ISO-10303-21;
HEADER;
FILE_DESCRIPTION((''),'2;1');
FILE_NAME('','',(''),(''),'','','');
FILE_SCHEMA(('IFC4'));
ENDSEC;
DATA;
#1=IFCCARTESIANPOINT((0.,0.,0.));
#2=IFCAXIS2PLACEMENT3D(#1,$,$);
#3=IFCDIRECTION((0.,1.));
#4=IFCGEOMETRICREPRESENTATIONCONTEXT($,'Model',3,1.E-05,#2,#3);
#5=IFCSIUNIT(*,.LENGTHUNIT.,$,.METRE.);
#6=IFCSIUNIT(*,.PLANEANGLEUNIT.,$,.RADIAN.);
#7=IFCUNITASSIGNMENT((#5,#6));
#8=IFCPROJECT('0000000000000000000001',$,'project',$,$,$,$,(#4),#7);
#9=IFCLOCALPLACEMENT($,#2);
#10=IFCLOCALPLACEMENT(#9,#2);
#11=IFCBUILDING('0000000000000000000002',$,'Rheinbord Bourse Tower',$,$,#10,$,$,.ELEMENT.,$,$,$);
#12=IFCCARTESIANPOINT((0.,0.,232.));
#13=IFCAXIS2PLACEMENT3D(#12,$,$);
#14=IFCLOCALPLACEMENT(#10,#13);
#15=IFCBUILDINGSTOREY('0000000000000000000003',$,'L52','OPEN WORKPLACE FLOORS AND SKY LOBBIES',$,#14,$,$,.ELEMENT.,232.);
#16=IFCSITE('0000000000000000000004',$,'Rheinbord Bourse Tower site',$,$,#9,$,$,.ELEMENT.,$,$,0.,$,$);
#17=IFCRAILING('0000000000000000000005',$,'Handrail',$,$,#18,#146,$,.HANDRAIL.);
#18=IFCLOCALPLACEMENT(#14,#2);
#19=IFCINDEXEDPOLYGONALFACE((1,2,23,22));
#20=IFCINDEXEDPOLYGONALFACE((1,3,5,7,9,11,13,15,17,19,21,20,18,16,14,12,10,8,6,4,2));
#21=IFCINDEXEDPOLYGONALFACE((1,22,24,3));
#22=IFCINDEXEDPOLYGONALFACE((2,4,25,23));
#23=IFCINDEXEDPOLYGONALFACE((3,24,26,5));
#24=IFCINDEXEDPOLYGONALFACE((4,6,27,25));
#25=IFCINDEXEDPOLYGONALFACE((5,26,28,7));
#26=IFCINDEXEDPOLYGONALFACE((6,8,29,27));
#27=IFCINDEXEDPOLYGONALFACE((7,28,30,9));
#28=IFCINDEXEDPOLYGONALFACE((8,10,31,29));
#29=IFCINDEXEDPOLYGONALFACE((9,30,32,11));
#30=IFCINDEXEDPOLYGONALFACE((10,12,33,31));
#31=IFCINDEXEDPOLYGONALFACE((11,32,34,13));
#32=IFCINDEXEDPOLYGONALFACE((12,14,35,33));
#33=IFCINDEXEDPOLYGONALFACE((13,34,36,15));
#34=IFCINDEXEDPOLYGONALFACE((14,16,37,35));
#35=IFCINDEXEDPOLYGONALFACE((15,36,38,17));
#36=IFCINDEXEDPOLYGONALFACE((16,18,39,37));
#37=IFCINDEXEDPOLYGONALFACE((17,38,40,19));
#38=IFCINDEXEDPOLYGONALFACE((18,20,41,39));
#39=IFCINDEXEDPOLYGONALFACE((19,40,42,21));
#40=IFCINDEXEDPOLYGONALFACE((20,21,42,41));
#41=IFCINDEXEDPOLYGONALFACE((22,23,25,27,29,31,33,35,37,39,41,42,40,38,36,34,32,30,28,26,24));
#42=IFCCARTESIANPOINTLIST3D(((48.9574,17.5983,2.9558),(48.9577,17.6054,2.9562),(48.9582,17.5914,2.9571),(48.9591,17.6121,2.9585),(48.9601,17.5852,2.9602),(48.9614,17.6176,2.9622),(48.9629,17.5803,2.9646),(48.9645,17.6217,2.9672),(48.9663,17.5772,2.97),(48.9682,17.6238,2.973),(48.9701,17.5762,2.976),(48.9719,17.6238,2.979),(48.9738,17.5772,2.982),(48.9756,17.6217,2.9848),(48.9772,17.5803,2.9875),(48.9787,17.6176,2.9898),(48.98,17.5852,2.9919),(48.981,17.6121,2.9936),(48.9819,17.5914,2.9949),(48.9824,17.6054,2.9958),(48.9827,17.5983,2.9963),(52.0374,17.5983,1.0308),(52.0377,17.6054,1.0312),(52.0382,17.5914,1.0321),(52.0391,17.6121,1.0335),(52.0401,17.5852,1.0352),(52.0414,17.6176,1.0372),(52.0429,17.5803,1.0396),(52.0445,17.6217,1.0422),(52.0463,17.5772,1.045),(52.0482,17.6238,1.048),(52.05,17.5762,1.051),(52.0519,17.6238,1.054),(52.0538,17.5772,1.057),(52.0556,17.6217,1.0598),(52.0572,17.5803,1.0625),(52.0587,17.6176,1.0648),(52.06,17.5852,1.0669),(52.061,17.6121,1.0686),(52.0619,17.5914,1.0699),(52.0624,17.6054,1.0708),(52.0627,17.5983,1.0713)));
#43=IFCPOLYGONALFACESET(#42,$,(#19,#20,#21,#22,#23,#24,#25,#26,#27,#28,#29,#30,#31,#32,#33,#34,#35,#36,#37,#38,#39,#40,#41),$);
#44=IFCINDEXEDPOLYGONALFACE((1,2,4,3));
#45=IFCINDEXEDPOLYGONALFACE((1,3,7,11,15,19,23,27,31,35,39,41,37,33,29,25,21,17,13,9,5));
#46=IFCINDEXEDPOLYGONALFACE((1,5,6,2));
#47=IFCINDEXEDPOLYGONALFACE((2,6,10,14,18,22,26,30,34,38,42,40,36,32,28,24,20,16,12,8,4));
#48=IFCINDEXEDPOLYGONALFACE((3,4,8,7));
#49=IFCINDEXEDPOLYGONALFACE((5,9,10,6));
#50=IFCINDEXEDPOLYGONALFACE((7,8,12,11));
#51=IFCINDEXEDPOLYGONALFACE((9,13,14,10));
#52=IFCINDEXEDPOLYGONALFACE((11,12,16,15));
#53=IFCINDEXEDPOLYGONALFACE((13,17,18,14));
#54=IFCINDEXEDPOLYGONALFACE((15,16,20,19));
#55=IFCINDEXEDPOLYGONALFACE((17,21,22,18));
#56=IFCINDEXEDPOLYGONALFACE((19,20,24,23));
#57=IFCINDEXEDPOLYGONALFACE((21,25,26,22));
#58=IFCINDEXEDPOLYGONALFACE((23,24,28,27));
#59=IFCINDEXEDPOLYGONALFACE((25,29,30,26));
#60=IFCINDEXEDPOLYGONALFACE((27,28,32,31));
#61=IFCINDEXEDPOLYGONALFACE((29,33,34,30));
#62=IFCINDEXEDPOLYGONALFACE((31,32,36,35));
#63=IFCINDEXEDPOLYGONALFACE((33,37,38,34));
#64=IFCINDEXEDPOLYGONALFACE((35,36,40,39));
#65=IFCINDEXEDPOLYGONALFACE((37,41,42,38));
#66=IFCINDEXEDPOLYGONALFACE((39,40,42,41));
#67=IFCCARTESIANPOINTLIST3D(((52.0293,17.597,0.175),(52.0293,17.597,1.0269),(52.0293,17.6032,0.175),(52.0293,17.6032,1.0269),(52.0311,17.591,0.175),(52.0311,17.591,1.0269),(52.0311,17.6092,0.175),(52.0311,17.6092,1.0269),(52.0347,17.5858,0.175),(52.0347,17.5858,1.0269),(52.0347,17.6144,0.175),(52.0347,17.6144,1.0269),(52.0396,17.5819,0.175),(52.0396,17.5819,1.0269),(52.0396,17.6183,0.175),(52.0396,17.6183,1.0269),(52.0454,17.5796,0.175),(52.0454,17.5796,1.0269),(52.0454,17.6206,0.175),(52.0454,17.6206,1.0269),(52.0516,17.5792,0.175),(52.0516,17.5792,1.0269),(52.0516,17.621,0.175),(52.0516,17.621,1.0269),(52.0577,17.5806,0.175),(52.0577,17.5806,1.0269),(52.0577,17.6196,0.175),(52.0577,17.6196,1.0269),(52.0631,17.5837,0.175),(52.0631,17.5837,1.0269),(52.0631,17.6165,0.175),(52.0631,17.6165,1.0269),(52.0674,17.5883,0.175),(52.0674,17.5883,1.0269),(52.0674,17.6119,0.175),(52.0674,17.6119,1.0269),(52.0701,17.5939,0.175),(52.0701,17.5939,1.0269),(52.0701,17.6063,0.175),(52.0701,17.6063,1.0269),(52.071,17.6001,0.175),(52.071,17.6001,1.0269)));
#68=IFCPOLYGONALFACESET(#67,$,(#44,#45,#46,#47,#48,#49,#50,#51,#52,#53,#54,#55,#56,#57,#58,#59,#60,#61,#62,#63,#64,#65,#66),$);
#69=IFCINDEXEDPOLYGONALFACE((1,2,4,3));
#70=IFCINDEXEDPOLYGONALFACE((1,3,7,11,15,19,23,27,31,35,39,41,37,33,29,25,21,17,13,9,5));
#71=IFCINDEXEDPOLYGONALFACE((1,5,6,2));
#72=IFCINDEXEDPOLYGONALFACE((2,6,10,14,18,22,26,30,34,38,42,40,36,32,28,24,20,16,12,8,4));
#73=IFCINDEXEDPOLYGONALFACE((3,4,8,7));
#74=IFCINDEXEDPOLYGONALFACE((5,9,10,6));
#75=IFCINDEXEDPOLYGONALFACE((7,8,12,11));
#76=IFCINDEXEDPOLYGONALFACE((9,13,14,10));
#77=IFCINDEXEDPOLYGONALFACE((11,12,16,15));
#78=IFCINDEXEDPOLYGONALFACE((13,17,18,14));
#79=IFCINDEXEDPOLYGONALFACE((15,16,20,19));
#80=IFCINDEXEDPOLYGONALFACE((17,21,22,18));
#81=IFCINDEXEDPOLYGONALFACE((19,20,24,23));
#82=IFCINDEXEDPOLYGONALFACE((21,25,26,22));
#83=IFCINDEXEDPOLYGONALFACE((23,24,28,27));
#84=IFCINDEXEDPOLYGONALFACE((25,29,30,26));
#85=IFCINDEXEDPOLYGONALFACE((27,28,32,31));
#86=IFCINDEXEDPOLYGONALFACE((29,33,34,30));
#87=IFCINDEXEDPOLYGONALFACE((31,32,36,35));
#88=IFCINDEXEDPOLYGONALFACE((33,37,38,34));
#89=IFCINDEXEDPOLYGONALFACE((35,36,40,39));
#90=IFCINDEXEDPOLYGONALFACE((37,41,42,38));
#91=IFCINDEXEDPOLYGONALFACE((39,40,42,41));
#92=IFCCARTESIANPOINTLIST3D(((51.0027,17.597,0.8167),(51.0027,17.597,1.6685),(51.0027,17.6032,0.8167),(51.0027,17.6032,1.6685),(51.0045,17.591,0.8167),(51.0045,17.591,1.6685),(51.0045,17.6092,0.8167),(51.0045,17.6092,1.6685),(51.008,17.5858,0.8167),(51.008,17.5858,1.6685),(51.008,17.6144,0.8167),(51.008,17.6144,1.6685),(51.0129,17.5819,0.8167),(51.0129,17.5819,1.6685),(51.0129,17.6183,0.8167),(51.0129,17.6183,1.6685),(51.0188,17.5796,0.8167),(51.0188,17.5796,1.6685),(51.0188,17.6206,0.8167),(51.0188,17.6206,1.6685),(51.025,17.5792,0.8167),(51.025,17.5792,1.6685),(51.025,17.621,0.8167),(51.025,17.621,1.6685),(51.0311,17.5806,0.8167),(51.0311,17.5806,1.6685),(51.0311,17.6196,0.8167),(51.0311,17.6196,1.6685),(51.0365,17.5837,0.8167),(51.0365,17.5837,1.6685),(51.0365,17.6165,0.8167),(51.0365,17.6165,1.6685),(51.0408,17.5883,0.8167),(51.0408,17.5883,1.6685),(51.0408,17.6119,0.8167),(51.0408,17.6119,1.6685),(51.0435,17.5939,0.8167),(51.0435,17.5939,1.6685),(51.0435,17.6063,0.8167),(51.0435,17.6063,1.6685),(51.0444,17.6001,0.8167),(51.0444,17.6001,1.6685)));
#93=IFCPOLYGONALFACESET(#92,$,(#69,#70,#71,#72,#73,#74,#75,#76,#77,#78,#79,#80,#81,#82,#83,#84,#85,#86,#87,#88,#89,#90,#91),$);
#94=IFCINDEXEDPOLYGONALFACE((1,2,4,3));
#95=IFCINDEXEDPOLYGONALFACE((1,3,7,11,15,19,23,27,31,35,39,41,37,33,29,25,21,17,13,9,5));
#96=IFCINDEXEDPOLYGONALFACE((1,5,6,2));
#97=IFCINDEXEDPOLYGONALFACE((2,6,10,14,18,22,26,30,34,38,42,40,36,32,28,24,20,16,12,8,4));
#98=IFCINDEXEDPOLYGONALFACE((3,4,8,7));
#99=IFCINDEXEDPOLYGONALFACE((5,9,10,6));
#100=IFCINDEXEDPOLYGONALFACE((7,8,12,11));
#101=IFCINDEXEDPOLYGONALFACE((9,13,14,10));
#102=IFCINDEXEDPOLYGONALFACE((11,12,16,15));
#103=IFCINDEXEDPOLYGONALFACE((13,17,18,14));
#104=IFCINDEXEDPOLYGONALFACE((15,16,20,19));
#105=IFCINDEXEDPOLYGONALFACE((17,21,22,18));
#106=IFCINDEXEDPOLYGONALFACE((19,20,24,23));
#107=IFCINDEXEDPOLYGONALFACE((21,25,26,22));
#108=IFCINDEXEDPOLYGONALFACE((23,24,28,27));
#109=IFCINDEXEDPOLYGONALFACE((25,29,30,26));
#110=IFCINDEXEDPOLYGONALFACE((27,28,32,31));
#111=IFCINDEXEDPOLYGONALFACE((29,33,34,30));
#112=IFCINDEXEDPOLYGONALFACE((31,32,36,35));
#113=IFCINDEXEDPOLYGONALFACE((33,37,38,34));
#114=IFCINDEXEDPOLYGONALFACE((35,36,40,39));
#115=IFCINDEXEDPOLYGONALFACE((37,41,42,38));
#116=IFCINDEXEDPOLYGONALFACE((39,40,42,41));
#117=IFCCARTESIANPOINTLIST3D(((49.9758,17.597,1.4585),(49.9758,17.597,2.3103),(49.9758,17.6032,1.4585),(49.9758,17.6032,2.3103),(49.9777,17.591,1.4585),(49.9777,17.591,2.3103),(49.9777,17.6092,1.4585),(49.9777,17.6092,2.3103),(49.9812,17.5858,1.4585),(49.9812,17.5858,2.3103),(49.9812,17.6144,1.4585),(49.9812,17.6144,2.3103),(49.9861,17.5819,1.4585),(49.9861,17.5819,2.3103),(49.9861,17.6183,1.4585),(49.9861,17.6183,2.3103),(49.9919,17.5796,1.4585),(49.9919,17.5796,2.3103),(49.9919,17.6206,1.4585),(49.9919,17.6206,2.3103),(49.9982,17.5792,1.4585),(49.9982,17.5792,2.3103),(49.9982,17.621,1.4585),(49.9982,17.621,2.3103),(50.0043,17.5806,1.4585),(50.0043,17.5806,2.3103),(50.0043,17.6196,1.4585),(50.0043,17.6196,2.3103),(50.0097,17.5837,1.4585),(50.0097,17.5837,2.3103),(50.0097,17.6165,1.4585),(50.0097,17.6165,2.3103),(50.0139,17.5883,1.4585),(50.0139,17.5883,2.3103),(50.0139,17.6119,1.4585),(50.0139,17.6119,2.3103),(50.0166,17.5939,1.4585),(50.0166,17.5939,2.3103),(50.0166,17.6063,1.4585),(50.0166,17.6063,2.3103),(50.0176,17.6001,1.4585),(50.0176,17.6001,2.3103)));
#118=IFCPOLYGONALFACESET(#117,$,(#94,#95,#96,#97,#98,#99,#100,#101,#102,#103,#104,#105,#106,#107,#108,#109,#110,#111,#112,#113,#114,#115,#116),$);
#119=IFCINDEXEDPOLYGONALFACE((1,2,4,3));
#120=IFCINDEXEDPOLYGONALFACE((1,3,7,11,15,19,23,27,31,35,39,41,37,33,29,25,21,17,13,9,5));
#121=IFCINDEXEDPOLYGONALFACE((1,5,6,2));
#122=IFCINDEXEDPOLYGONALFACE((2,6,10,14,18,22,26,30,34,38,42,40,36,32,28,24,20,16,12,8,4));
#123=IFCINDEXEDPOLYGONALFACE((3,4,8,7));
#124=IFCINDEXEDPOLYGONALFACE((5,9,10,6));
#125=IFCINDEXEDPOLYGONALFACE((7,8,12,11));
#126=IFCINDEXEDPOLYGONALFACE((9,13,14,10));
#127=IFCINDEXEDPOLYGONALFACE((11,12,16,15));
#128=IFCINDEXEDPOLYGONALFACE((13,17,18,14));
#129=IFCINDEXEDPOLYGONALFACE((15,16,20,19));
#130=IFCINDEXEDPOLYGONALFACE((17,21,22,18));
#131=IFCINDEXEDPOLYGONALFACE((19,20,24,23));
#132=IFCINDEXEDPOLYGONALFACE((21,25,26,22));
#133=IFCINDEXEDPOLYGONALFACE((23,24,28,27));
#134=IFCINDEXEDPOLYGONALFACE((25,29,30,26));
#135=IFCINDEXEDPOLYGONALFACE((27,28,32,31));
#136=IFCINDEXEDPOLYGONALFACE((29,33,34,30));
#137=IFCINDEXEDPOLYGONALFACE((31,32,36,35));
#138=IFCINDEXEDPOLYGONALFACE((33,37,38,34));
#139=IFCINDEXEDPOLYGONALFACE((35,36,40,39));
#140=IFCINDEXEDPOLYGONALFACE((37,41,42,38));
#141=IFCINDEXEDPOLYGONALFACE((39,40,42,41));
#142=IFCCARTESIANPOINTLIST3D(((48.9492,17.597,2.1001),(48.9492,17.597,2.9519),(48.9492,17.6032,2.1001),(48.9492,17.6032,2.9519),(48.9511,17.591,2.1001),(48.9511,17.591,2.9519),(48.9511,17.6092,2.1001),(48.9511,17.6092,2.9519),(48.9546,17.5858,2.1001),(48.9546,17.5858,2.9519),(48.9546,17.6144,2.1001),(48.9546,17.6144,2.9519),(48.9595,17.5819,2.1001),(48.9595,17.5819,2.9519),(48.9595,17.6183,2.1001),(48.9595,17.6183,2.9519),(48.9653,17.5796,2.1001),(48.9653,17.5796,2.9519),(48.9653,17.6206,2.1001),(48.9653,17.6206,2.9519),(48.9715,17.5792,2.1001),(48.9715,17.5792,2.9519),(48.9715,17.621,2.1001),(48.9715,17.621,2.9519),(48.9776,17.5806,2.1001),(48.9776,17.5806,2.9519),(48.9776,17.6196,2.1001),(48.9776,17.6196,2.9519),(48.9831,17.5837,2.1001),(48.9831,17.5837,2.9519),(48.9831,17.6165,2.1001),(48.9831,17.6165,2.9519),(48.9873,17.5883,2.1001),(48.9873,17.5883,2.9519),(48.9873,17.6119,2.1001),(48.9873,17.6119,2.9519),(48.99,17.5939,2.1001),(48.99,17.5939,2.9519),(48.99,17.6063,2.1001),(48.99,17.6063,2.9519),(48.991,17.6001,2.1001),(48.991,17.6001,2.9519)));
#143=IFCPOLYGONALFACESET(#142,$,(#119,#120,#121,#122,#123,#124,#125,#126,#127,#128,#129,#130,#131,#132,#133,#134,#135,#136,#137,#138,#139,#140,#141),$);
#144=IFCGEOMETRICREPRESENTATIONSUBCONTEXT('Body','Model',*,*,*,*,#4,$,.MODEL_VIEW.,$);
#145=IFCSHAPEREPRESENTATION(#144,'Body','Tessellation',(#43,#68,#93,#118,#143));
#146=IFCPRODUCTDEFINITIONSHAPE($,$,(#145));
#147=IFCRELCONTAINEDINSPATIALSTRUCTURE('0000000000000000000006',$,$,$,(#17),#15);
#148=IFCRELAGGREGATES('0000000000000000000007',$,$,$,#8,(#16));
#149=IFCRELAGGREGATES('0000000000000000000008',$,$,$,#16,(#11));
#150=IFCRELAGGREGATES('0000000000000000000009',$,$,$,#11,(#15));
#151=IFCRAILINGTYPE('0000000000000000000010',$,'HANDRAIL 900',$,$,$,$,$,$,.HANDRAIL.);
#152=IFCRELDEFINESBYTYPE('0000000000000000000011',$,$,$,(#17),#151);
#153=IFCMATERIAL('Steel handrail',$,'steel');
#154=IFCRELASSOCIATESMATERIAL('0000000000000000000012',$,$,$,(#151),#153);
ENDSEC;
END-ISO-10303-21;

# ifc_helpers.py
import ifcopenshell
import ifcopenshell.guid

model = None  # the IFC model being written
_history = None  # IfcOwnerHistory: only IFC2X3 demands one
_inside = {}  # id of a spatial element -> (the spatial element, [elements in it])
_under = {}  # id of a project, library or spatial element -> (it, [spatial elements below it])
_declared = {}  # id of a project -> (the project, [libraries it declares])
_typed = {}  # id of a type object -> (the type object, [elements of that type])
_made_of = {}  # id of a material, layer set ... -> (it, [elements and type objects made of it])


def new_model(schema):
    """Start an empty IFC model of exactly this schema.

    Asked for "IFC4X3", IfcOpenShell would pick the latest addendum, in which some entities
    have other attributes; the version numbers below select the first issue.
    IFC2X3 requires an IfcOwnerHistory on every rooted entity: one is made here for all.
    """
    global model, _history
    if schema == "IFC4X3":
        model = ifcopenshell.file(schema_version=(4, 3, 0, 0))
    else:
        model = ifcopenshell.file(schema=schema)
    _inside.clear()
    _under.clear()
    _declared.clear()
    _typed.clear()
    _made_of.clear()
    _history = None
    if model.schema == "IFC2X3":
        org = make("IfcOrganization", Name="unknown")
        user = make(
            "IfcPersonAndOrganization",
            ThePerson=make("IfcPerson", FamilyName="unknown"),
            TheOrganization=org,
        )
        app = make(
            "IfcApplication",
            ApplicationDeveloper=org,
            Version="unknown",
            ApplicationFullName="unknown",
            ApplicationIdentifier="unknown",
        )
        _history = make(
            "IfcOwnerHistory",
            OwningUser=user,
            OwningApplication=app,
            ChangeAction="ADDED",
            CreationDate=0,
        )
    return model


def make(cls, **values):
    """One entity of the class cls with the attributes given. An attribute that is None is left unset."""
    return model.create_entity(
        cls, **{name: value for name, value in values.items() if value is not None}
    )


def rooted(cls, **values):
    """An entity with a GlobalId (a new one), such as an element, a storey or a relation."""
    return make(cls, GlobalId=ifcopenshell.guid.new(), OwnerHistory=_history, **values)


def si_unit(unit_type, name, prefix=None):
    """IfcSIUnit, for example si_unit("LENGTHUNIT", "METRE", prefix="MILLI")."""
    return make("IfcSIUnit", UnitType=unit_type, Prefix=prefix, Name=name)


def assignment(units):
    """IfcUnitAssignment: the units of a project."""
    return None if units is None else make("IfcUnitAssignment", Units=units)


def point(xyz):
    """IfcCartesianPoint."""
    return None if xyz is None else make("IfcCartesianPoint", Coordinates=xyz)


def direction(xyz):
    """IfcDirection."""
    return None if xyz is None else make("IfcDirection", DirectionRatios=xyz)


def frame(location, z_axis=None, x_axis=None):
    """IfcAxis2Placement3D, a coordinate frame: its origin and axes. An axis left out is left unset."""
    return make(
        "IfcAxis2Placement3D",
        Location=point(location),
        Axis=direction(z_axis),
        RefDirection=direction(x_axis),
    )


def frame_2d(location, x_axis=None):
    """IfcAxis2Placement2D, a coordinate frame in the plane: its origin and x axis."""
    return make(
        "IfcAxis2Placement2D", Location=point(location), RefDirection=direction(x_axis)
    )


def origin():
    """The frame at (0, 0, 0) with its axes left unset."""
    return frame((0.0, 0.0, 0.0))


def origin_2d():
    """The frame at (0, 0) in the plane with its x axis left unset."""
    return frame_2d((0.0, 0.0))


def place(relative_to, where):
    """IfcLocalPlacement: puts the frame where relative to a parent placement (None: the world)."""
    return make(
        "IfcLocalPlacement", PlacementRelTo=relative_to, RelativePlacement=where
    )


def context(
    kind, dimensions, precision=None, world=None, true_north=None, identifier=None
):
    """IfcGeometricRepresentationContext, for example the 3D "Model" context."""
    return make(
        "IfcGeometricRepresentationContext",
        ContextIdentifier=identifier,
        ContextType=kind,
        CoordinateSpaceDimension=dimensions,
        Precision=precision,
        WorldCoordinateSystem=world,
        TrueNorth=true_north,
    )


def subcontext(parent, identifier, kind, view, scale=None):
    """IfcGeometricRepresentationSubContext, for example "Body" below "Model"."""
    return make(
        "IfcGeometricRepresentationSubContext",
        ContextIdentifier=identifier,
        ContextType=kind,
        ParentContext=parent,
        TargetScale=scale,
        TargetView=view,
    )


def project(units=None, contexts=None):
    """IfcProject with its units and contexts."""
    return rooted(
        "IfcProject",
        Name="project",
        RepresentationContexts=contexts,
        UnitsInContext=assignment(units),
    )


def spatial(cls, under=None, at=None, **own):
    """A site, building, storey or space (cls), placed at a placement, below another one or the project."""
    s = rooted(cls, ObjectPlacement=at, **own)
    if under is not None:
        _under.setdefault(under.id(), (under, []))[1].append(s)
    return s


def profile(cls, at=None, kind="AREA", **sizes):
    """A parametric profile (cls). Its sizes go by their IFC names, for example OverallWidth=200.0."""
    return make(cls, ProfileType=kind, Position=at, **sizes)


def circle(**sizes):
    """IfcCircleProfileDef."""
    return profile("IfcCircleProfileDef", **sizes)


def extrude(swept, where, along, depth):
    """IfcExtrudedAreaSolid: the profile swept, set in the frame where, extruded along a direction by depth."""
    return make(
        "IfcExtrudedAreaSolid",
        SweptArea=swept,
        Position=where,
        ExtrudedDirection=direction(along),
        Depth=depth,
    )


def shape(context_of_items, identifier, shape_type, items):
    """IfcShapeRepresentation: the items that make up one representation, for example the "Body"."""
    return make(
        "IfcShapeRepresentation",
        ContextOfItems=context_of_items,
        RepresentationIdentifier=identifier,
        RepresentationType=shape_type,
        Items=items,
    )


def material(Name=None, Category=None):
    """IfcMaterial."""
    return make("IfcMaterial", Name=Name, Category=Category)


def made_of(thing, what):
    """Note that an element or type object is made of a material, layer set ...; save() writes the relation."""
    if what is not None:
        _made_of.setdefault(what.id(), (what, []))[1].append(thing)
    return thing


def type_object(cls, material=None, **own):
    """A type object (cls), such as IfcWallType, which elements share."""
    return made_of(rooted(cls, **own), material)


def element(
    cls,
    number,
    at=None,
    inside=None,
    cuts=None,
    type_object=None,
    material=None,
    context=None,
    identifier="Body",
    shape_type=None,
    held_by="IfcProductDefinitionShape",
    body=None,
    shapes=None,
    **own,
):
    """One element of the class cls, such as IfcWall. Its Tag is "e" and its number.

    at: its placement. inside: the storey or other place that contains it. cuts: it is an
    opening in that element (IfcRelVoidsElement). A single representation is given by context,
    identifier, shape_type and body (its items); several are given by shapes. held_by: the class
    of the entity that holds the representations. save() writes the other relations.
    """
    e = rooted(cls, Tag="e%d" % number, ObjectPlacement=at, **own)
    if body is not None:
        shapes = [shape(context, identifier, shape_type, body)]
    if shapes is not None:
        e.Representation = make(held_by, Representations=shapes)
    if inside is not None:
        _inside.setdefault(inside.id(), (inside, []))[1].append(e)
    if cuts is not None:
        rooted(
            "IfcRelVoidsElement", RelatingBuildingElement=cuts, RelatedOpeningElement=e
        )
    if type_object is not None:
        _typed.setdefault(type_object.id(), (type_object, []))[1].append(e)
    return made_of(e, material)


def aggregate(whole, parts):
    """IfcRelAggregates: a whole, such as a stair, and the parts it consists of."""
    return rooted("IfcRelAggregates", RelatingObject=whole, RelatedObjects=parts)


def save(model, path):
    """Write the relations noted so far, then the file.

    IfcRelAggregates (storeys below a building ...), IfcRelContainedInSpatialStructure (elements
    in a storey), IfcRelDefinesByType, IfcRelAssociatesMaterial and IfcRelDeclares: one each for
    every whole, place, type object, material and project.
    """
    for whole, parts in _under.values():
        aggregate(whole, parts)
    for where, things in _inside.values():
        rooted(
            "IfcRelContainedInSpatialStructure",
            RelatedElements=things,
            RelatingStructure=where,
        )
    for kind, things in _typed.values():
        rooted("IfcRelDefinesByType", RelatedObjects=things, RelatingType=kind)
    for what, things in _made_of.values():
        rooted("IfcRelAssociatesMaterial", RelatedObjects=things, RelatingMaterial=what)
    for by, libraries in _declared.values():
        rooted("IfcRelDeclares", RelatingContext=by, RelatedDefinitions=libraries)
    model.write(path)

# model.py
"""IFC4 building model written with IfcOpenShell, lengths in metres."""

from ifc_helpers import new_model, si_unit, direction, frame, origin, origin_2d, place, context, subcontext, project, spatial, circle, extrude, material, type_object, element, save


model = new_model("IFC4")

# Units and contexts
model_context = context("Model", 3, precision=1e-05, world=origin(), true_north=direction((0.0, 1.0)))
body_context = subcontext(model_context, "Body", "Model", "MODEL_VIEW")
ifc_project = project(units=[si_unit("LENGTHUNIT", "METRE"), si_unit("PLANEANGLEUNIT", "RADIAN")], contexts=[model_context])

# Site, building, storey
site_placement = place(None, origin())
site = spatial("IfcSite", under=ifc_project, at=site_placement, Name="Rheinbord Bourse Tower site", CompositionType="ELEMENT", RefElevation=0.0)
building_placement = place(site_placement, origin())
building = spatial("IfcBuilding", under=site, at=building_placement, Name="Rheinbord Bourse Tower", CompositionType="ELEMENT")
storey_placement = place(building_placement, frame((0.0, 0.0, 232.0)))
storey = spatial("IfcBuildingStorey", under=building, at=storey_placement, Name="L52", Description="OPEN WORKPLACE FLOORS AND SKY LOBBIES", CompositionType="ELEMENT", Elevation=232.0)

# Railing
ifc_material_1 = material(Name="Steel handrail", Category="steel")
railing_type = type_object("IfcRailingType", Name="HANDRAIL 900", PredefinedType="HANDRAIL", material=ifc_material_1)
railing_1_placement = place(storey_placement, frame((52.05, 17.6001, 0.175)))
element("IfcRailing", 1, at=railing_1_placement, inside=storey, type_object=railing_type, Name="Handrail", PredefinedType="HANDRAIL", context=body_context, shape_type="SweptSolid", body=[
    extrude(circle(Radius=0.0239, at=origin_2d()), frame((0.0, 0.0, 0.876), z_axis=(-0.847998, 0.0, 0.529999), x_axis=(0.0, -1.0, 0.0)), (0.0, 0.0, 1.0), 3.6321),
    extrude(circle(Radius=0.021, at=origin_2d()), origin(), (0.0, 0.0, 1.0), 0.8518),
    extrude(circle(Radius=0.021, at=origin_2d()), frame((-1.0266, 0.0, 0.6416)), (0.0, 0.0, 1.0), 0.8518),
    extrude(circle(Radius=0.021, at=origin_2d()), frame((-2.0535, 0.0, 1.2834)), (0.0, 0.0, 1.0), 0.8518),
    extrude(circle(Radius=0.021, at=origin_2d()), frame((-3.0801, 0.0, 1.925)), (0.0, 0.0, 1.0), 0.8518),
])

save(model, "model.ifc")
